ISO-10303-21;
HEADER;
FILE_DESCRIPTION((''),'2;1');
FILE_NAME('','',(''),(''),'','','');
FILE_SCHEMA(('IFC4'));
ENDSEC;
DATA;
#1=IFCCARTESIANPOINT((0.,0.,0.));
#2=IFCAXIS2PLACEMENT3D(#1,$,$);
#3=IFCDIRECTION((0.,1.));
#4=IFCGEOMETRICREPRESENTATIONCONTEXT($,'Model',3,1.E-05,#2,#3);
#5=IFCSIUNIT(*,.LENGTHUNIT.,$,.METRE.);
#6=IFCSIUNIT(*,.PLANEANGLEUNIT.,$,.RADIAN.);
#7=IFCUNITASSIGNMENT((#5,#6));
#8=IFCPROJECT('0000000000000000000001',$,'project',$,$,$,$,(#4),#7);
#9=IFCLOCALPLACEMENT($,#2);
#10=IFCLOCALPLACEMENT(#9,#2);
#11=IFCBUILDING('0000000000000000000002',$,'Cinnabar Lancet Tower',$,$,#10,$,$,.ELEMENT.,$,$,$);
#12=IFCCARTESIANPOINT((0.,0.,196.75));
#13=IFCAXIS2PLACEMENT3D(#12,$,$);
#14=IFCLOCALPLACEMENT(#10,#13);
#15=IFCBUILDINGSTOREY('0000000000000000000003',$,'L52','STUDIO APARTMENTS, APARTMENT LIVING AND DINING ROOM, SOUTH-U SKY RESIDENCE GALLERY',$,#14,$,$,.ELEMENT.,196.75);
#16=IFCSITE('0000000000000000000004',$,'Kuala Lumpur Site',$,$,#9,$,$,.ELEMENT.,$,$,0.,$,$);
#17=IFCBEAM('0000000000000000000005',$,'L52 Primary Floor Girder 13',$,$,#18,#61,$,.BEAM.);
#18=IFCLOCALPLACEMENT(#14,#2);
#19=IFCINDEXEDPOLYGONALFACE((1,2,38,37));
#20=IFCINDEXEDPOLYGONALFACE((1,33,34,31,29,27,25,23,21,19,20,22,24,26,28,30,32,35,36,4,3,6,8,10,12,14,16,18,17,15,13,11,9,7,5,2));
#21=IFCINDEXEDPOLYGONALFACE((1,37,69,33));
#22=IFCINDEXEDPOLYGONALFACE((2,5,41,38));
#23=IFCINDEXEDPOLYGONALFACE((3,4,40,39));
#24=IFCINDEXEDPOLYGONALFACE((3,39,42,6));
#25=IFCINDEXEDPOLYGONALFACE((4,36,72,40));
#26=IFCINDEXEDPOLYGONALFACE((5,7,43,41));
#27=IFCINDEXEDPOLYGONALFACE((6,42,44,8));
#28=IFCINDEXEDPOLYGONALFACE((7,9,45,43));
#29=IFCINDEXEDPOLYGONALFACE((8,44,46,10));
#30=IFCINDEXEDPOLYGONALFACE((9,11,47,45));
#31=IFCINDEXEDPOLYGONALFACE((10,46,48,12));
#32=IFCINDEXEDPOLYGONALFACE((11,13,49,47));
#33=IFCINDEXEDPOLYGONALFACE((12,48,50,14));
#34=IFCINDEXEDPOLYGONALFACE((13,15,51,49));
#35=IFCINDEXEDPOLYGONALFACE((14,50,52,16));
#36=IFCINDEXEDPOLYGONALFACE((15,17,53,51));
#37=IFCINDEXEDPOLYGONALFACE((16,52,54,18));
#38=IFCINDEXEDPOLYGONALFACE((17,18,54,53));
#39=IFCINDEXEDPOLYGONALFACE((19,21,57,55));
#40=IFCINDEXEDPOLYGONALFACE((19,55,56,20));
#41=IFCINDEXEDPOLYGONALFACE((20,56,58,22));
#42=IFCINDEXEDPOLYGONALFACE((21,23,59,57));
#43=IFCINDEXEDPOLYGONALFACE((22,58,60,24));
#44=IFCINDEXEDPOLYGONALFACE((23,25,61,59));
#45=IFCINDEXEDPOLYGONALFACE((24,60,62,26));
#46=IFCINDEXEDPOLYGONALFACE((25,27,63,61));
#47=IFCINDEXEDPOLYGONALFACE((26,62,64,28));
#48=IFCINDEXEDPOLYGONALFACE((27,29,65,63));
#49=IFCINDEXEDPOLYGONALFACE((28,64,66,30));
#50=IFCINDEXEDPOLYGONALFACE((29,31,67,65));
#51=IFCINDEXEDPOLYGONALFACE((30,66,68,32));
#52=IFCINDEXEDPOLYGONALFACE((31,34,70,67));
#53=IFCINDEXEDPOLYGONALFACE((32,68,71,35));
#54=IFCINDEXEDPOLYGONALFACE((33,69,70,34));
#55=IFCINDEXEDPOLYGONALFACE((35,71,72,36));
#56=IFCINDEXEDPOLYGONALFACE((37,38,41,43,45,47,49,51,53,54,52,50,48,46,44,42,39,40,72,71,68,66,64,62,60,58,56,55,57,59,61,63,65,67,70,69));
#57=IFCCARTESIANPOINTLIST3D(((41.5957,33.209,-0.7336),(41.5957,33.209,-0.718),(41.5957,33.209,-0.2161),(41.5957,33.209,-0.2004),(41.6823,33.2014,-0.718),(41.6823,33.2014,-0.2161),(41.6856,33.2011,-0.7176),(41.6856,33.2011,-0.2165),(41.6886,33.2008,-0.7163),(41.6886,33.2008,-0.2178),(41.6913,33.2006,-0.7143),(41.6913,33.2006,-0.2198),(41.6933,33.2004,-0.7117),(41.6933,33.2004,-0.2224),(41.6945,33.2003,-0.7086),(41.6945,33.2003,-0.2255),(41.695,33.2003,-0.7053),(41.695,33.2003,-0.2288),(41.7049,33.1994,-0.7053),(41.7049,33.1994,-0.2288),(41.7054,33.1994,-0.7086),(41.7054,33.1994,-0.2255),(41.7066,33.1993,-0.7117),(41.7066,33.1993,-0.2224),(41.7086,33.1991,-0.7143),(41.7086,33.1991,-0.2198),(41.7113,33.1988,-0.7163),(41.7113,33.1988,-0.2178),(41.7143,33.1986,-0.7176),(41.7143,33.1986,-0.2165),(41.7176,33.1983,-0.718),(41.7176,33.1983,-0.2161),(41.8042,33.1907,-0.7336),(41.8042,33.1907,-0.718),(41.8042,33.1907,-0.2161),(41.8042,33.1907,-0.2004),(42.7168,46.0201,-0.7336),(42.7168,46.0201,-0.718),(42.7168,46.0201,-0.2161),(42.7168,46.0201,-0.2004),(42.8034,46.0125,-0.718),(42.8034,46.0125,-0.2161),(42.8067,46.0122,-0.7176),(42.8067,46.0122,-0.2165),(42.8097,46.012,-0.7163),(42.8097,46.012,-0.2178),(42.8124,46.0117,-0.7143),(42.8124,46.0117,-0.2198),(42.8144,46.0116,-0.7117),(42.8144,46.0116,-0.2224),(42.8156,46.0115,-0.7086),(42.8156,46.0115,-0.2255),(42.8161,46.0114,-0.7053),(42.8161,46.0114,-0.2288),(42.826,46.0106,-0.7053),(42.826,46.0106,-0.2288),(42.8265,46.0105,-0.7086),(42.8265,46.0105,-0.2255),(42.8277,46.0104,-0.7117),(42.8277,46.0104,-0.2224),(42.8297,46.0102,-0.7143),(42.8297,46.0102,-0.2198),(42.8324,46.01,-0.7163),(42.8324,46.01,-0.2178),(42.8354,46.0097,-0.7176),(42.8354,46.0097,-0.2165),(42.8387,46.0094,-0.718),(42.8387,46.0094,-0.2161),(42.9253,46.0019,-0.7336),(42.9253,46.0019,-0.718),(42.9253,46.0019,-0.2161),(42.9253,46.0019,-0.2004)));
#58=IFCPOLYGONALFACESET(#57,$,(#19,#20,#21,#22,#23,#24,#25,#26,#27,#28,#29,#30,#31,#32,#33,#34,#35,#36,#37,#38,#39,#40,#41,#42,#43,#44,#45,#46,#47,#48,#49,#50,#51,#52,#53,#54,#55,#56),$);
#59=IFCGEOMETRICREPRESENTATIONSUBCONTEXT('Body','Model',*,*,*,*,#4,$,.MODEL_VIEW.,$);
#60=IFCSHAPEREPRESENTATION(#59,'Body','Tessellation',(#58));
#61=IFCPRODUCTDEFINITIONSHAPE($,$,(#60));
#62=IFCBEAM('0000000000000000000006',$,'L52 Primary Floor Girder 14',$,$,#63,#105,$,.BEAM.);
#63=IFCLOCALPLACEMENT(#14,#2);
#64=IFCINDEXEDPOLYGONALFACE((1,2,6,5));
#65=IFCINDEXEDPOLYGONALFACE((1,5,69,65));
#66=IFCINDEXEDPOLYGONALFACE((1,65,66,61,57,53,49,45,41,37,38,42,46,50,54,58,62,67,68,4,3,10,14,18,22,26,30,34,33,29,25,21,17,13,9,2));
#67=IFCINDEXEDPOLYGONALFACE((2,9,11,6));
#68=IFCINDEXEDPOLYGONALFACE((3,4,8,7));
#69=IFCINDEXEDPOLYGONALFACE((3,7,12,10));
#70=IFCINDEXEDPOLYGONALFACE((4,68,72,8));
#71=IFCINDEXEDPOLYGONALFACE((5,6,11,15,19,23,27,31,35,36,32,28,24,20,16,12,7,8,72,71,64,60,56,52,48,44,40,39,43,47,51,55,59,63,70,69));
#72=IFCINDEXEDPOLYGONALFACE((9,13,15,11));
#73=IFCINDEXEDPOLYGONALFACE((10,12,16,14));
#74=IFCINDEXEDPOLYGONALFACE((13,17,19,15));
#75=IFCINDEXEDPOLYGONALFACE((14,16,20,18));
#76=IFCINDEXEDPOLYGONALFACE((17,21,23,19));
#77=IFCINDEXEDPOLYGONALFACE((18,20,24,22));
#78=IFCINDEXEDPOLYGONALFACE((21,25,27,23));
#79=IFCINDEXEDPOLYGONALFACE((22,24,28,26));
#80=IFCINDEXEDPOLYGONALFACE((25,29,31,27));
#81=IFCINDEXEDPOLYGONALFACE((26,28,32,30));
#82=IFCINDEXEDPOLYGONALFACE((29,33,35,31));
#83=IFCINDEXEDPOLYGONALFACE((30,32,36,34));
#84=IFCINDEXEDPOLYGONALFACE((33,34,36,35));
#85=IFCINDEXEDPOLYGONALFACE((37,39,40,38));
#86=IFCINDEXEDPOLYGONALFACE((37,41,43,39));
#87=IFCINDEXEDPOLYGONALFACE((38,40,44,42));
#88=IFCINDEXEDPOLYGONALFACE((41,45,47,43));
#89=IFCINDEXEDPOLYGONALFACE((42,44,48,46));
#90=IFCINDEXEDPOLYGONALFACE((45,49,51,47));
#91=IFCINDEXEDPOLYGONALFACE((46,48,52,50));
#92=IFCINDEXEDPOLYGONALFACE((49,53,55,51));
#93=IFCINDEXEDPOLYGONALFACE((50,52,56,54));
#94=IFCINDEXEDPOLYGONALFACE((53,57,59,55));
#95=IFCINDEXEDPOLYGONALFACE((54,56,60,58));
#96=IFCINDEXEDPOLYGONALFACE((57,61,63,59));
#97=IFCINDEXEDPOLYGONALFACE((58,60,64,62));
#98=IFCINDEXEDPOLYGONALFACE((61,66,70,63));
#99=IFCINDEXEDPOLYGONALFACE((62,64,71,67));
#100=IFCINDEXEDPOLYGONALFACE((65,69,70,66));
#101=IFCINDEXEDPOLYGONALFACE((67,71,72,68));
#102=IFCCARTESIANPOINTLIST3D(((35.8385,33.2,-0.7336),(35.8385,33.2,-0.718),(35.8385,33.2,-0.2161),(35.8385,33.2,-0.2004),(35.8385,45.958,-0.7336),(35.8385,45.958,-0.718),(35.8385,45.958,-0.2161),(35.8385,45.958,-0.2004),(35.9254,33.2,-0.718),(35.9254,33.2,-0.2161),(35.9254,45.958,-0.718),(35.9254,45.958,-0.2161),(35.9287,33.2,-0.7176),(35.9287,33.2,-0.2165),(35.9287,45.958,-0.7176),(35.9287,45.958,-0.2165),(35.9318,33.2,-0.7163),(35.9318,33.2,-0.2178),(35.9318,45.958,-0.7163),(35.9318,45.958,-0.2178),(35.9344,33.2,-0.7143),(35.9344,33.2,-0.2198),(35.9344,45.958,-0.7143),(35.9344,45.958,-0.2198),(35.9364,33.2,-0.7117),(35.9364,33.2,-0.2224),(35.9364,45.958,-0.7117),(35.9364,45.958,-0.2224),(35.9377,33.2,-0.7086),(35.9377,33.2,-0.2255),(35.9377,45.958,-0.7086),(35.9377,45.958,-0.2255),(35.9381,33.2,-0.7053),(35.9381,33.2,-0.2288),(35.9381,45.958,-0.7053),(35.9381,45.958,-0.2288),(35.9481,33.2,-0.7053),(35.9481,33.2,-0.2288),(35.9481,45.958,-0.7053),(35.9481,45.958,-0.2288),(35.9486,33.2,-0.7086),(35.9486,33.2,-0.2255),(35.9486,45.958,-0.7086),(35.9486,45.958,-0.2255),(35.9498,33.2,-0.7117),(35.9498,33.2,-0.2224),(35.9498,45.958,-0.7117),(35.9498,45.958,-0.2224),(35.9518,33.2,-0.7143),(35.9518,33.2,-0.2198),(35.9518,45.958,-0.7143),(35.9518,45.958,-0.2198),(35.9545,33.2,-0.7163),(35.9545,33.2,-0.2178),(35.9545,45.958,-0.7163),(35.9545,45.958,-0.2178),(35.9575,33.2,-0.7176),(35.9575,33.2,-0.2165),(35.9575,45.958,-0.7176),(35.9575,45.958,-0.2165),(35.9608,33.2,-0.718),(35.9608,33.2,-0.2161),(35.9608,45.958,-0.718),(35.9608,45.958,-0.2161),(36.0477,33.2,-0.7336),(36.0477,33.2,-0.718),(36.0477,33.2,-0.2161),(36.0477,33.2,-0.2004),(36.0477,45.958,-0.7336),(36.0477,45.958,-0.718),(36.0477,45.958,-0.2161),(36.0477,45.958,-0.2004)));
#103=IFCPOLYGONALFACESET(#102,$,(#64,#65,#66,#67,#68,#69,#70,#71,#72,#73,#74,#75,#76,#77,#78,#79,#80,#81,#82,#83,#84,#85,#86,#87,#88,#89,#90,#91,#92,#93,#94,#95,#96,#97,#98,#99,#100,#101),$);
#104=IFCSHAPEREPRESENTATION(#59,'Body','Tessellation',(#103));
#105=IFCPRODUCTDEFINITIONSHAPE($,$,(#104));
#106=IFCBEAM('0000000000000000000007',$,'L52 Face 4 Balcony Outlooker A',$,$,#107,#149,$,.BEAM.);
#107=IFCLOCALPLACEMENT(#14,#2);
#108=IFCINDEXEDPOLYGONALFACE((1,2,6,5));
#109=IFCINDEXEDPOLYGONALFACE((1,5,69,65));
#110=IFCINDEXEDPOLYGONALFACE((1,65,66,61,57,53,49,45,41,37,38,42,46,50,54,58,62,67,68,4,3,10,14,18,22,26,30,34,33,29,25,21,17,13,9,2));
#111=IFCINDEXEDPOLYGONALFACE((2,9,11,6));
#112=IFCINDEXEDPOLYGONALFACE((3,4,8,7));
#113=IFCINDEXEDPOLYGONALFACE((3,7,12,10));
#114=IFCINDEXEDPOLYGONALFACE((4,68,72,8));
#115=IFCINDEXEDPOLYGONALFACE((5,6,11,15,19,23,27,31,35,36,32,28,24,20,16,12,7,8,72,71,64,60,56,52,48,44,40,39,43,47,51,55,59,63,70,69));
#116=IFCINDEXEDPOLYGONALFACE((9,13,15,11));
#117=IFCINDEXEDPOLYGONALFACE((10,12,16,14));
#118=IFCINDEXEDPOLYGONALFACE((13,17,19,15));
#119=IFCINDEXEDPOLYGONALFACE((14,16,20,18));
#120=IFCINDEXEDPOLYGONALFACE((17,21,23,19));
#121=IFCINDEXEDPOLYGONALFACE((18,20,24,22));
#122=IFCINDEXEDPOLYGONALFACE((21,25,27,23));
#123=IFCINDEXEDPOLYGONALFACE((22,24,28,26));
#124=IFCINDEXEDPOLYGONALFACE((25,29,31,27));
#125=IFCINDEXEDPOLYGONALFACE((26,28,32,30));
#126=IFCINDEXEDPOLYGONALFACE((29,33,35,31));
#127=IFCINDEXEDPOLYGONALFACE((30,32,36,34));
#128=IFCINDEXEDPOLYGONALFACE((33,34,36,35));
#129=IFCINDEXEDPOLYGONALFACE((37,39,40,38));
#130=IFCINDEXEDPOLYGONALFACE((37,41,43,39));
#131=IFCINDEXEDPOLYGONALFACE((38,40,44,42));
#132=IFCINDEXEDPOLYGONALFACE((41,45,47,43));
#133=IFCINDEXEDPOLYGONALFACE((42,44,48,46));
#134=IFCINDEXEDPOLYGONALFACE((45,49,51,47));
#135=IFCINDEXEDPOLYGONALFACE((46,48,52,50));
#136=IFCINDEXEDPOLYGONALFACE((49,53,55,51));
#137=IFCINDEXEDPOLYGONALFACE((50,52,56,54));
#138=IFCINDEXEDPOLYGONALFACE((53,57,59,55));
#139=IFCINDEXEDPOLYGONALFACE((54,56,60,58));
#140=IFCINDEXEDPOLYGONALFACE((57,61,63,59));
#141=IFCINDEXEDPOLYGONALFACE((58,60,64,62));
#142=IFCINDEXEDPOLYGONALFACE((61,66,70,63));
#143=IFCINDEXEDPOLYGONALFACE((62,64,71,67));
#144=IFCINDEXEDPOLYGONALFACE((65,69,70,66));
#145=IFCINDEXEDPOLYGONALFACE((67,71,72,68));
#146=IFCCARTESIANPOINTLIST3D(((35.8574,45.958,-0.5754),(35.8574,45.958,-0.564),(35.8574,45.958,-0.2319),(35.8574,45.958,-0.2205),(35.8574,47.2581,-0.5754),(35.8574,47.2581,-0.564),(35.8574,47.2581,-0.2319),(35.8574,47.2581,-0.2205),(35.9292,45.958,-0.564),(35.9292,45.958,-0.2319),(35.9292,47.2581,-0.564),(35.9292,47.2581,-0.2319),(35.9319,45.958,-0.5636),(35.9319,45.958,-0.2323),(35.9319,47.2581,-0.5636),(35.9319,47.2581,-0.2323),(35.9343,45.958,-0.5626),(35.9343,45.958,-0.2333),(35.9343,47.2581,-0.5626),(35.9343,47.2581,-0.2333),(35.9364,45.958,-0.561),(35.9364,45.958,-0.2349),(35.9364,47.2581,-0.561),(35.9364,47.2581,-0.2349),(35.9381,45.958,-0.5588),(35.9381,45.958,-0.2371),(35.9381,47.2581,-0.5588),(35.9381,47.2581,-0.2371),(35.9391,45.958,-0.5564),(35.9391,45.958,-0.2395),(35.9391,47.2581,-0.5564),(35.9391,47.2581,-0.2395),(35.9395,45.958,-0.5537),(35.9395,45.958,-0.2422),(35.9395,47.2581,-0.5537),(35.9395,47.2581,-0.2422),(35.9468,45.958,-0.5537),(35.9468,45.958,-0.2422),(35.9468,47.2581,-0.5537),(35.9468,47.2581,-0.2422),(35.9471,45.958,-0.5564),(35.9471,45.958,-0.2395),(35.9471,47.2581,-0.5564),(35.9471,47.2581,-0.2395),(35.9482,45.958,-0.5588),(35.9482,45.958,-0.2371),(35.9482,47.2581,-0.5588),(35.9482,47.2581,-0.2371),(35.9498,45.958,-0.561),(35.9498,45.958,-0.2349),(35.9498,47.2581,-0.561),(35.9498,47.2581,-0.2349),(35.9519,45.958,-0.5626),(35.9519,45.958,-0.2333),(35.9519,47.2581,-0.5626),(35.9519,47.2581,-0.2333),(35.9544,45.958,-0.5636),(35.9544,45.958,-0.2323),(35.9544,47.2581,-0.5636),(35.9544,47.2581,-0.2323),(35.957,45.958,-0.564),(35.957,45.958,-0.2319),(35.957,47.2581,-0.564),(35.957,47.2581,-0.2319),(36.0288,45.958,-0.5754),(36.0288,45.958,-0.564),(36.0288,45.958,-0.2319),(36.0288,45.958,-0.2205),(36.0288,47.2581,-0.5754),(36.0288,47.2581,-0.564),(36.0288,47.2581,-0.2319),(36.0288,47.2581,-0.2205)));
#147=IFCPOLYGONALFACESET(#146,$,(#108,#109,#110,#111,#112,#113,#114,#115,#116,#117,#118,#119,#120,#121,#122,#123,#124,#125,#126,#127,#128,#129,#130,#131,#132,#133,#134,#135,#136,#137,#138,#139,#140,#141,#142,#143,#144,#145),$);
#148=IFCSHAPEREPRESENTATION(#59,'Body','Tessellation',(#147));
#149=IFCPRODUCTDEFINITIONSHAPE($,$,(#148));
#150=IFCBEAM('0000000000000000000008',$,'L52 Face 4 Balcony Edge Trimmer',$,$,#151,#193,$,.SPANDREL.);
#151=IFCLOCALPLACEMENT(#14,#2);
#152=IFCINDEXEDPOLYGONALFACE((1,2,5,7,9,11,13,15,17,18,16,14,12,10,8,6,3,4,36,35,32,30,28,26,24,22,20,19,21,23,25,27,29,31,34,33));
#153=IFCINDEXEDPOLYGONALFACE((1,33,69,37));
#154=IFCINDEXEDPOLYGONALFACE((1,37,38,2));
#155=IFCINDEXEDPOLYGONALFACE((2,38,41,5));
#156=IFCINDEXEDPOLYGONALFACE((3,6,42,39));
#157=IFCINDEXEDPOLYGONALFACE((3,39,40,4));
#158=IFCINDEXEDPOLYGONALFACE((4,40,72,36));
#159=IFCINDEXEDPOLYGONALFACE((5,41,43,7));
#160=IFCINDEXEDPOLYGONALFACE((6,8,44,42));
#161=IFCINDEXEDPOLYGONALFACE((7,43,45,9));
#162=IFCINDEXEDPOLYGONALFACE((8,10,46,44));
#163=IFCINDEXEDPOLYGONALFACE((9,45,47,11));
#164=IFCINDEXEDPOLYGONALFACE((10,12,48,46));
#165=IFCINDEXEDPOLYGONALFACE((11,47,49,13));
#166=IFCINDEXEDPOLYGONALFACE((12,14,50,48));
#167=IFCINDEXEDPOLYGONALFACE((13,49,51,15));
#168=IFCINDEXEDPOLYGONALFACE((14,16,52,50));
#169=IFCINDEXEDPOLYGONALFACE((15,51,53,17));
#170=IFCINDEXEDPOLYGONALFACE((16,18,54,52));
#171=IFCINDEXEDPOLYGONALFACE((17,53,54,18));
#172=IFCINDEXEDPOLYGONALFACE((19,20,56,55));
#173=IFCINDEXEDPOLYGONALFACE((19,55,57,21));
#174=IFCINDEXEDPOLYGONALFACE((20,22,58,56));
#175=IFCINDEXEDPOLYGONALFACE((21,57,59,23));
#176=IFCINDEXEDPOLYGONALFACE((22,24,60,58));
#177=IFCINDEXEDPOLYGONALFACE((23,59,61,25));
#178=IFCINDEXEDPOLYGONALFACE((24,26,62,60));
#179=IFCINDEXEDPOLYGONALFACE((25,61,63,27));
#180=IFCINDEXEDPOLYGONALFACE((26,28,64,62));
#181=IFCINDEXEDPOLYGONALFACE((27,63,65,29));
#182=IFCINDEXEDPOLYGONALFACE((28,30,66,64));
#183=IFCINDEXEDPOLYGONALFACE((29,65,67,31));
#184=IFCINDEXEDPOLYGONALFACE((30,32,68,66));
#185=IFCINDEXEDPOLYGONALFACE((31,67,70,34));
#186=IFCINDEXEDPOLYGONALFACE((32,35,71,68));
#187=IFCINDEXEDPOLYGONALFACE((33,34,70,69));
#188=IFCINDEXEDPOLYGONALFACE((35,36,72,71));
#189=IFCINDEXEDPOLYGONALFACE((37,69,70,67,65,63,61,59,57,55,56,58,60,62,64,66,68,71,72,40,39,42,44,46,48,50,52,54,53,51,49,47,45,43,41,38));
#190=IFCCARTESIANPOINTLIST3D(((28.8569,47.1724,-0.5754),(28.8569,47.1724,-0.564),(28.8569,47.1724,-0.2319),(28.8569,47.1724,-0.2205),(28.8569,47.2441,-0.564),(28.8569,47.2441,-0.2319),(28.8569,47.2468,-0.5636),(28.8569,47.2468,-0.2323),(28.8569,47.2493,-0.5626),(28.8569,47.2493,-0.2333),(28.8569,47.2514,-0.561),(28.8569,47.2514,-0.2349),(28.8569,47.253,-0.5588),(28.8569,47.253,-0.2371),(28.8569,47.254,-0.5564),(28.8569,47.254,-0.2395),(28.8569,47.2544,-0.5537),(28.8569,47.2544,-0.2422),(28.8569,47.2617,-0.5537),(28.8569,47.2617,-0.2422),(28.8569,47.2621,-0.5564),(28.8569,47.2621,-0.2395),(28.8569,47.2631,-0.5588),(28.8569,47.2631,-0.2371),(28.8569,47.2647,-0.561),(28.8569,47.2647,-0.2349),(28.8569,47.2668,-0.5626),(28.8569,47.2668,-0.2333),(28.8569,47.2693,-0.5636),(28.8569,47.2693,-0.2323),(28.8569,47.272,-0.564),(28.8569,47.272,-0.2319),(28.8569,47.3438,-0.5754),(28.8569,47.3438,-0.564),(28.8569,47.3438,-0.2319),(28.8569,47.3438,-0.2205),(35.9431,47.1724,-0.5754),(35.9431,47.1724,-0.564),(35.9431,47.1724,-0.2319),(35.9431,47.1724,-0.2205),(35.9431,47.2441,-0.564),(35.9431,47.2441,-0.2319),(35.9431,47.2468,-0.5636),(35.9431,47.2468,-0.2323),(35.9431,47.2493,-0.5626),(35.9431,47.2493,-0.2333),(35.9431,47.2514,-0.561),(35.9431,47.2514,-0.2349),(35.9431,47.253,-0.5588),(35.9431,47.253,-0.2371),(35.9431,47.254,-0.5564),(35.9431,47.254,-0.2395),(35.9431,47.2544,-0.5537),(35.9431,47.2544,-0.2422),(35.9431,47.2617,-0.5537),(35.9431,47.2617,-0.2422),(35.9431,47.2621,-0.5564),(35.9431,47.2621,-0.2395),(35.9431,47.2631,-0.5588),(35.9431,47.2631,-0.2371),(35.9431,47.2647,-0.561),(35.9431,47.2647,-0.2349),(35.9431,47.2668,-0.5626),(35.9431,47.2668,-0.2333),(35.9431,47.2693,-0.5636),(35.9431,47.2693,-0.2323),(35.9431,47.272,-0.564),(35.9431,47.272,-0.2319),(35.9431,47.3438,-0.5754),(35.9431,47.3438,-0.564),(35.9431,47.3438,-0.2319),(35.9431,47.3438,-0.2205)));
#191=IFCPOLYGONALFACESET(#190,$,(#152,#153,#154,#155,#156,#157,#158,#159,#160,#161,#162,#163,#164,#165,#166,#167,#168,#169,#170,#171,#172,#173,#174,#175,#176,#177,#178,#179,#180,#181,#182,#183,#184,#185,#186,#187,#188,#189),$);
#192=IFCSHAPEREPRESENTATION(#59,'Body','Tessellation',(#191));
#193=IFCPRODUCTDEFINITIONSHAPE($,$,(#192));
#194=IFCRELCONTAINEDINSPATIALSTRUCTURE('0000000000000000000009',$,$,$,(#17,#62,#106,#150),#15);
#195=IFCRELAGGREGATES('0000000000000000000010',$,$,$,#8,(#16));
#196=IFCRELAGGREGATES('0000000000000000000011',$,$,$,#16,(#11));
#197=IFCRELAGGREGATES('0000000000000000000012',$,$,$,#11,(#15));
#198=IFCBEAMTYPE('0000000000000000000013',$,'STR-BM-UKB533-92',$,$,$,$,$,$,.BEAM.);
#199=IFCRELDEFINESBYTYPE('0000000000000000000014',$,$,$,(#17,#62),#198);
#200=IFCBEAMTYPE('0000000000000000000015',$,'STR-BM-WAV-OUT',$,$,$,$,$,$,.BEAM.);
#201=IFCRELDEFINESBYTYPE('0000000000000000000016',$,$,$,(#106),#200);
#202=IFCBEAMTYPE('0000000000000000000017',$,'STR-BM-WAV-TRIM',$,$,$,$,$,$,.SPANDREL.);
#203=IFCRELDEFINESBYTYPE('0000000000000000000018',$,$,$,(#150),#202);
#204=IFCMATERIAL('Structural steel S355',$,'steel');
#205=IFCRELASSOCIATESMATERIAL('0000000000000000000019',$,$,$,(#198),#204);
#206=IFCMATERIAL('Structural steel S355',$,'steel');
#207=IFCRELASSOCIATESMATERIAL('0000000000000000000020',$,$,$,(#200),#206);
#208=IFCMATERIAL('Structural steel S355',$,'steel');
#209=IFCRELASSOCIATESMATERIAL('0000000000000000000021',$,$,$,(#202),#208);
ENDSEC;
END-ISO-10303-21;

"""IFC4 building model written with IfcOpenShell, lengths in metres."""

from ifc_helpers import new_model, si_unit, direction, frame, origin, origin_2d, place, context, subcontext, project, spatial, i_section, extrude, material, material_profile, profile_set, type_object, element, save


model = new_model("IFC4")

# Units and contexts
model_context = context("Model", 3, precision=1e-05, world=origin(), true_north=direction((0.0, 1.0)))
body_context = subcontext(model_context, "Body", "Model", "MODEL_VIEW")
ifc_project = project(units=[si_unit("LENGTHUNIT", "METRE"), si_unit("PLANEANGLEUNIT", "RADIAN")], contexts=[model_context])

# Site, building, storey
site_placement = place(None, origin())
site = spatial("IfcSite", under=ifc_project, at=site_placement, Name="Kuala Lumpur Site", CompositionType="ELEMENT", RefElevation=0.0)
building_placement = place(site_placement, origin())
building = spatial("IfcBuilding", under=site, at=building_placement, Name="Cinnabar Lancet Tower", CompositionType="ELEMENT")
storey_placement = place(building_placement, frame((0.0, 0.0, 196.75)))
storey = spatial("IfcBuildingStorey", under=building, at=storey_placement, Name="L52", Description="STUDIO APARTMENTS, APARTMENT LIVING AND DINING ROOM, SOUTH-U SKY RESIDENCE GALLERY", CompositionType="ELEMENT", Elevation=196.75)

# Beams
ifc_material_1 = material(Name="Structural steel S355", Category="steel")
ifc_material_profile_1 = material_profile(ifc_material_1, i_section(OverallWidth=0.2092, OverallDepth=0.5332, WebThickness=0.01, FlangeThickness=0.0156, FilletRadius=0.0127, at=origin_2d()), Name="UKB 533x210x92")
ifc_profile_set_1 = profile_set([ifc_material_profile_1], Name="Structural steel S355")
beam_type_1 = type_object("IfcBeamType", Name="STR-BM-UKB533-92", PredefinedType="BEAM", material=ifc_profile_set_1)
beam_1_placement = place(storey_placement, frame((42.821, 46.011, -0.467), z_axis=(-0.087177, -0.996193, 0.0), x_axis=(0.996193, -0.087177, 0.0)))
element("IfcBeam", 1, at=beam_1_placement, inside=storey, type_object=beam_type_1, Name="L52 Primary Floor Girder 13", PredefinedType="BEAM", context=body_context, shape_type="SweptSolid", body=[
    extrude(i_section(OverallWidth=0.2092, OverallDepth=0.5332, WebThickness=0.01, FlangeThickness=0.0156, FilletRadius=0.0127, at=origin_2d()), origin(), (0.0, 0.0, 1.0), 12.8601),
])
beam_2_placement = place(storey_placement, frame((35.9431, 45.958, -0.467), z_axis=(0.0, -1.0, 0.0), x_axis=(1.0, 0.0, 0.0)))
element("IfcBeam", 2, at=beam_2_placement, inside=storey, type_object=beam_type_1, Name="L52 Primary Floor Girder 14", PredefinedType="BEAM", context=body_context, shape_type="SweptSolid", body=[
    extrude(i_section(OverallWidth=0.2092, OverallDepth=0.5332, WebThickness=0.01, FlangeThickness=0.0156, FilletRadius=0.0127, at=origin_2d()), origin(), (0.0, 0.0, 1.0), 12.7581),
])
ifc_material_2 = material(Name="Structural steel S355", Category="steel")
ifc_material_profile_2 = material_profile(ifc_material_2, i_section(OverallWidth=0.1714, OverallDepth=0.355, WebThickness=0.0073, FlangeThickness=0.0115, FilletRadius=0.0103, at=origin_2d()), Name="UKB 356x171x51")
ifc_profile_set_2 = profile_set([ifc_material_profile_2], Name="Structural steel S355")
beam_type_2 = type_object("IfcBeamType", Name="STR-BM-WAV-OUT", PredefinedType="BEAM", material=ifc_profile_set_2)
beam_3_placement = place(storey_placement, frame((35.9431, 45.958, -0.3979), z_axis=(0.0, 1.0, 0.0), x_axis=(-1.0, 0.0, 0.0)))
element("IfcBeam", 3, at=beam_3_placement, inside=storey, type_object=beam_type_2, Name="L52 Face 4 Balcony Outlooker A", PredefinedType="BEAM", context=body_context, shape_type="SweptSolid", body=[
    extrude(i_section(OverallWidth=0.1714, OverallDepth=0.355, WebThickness=0.0073, FlangeThickness=0.0115, FilletRadius=0.0103, at=origin_2d()), origin(), (0.0, 0.0, 1.0), 1.3),
])
ifc_material_3 = material(Name="Structural steel S355", Category="steel")
ifc_material_profile_3 = material_profile(ifc_material_3, i_section(OverallWidth=0.1714, OverallDepth=0.355, WebThickness=0.0073, FlangeThickness=0.0115, FilletRadius=0.0103, at=origin_2d()), Name="UKB 356x171x51")
ifc_profile_set_3 = profile_set([ifc_material_profile_3], Name="Structural steel S355")
beam_type_3 = type_object("IfcBeamType", Name="STR-BM-WAV-TRIM", PredefinedType="SPANDREL", material=ifc_profile_set_3)
beam_4_placement = place(storey_placement, frame((35.9431, 47.2581, -0.3979), z_axis=(-1.0, 0.0, 0.0), x_axis=(0.0, -1.0, 0.0)))
element("IfcBeam", 4, at=beam_4_placement, inside=storey, type_object=beam_type_3, Name="L52 Face 4 Balcony Edge Trimmer", PredefinedType="SPANDREL", context=body_context, shape_type="SweptSolid", body=[
    extrude(i_section(OverallWidth=0.1714, OverallDepth=0.355, WebThickness=0.0073, FlangeThickness=0.0115, FilletRadius=0.0103, at=origin_2d()), origin(), (0.0, 0.0, 1.0), 7.0862),
])

save(model, "model.ifc")
